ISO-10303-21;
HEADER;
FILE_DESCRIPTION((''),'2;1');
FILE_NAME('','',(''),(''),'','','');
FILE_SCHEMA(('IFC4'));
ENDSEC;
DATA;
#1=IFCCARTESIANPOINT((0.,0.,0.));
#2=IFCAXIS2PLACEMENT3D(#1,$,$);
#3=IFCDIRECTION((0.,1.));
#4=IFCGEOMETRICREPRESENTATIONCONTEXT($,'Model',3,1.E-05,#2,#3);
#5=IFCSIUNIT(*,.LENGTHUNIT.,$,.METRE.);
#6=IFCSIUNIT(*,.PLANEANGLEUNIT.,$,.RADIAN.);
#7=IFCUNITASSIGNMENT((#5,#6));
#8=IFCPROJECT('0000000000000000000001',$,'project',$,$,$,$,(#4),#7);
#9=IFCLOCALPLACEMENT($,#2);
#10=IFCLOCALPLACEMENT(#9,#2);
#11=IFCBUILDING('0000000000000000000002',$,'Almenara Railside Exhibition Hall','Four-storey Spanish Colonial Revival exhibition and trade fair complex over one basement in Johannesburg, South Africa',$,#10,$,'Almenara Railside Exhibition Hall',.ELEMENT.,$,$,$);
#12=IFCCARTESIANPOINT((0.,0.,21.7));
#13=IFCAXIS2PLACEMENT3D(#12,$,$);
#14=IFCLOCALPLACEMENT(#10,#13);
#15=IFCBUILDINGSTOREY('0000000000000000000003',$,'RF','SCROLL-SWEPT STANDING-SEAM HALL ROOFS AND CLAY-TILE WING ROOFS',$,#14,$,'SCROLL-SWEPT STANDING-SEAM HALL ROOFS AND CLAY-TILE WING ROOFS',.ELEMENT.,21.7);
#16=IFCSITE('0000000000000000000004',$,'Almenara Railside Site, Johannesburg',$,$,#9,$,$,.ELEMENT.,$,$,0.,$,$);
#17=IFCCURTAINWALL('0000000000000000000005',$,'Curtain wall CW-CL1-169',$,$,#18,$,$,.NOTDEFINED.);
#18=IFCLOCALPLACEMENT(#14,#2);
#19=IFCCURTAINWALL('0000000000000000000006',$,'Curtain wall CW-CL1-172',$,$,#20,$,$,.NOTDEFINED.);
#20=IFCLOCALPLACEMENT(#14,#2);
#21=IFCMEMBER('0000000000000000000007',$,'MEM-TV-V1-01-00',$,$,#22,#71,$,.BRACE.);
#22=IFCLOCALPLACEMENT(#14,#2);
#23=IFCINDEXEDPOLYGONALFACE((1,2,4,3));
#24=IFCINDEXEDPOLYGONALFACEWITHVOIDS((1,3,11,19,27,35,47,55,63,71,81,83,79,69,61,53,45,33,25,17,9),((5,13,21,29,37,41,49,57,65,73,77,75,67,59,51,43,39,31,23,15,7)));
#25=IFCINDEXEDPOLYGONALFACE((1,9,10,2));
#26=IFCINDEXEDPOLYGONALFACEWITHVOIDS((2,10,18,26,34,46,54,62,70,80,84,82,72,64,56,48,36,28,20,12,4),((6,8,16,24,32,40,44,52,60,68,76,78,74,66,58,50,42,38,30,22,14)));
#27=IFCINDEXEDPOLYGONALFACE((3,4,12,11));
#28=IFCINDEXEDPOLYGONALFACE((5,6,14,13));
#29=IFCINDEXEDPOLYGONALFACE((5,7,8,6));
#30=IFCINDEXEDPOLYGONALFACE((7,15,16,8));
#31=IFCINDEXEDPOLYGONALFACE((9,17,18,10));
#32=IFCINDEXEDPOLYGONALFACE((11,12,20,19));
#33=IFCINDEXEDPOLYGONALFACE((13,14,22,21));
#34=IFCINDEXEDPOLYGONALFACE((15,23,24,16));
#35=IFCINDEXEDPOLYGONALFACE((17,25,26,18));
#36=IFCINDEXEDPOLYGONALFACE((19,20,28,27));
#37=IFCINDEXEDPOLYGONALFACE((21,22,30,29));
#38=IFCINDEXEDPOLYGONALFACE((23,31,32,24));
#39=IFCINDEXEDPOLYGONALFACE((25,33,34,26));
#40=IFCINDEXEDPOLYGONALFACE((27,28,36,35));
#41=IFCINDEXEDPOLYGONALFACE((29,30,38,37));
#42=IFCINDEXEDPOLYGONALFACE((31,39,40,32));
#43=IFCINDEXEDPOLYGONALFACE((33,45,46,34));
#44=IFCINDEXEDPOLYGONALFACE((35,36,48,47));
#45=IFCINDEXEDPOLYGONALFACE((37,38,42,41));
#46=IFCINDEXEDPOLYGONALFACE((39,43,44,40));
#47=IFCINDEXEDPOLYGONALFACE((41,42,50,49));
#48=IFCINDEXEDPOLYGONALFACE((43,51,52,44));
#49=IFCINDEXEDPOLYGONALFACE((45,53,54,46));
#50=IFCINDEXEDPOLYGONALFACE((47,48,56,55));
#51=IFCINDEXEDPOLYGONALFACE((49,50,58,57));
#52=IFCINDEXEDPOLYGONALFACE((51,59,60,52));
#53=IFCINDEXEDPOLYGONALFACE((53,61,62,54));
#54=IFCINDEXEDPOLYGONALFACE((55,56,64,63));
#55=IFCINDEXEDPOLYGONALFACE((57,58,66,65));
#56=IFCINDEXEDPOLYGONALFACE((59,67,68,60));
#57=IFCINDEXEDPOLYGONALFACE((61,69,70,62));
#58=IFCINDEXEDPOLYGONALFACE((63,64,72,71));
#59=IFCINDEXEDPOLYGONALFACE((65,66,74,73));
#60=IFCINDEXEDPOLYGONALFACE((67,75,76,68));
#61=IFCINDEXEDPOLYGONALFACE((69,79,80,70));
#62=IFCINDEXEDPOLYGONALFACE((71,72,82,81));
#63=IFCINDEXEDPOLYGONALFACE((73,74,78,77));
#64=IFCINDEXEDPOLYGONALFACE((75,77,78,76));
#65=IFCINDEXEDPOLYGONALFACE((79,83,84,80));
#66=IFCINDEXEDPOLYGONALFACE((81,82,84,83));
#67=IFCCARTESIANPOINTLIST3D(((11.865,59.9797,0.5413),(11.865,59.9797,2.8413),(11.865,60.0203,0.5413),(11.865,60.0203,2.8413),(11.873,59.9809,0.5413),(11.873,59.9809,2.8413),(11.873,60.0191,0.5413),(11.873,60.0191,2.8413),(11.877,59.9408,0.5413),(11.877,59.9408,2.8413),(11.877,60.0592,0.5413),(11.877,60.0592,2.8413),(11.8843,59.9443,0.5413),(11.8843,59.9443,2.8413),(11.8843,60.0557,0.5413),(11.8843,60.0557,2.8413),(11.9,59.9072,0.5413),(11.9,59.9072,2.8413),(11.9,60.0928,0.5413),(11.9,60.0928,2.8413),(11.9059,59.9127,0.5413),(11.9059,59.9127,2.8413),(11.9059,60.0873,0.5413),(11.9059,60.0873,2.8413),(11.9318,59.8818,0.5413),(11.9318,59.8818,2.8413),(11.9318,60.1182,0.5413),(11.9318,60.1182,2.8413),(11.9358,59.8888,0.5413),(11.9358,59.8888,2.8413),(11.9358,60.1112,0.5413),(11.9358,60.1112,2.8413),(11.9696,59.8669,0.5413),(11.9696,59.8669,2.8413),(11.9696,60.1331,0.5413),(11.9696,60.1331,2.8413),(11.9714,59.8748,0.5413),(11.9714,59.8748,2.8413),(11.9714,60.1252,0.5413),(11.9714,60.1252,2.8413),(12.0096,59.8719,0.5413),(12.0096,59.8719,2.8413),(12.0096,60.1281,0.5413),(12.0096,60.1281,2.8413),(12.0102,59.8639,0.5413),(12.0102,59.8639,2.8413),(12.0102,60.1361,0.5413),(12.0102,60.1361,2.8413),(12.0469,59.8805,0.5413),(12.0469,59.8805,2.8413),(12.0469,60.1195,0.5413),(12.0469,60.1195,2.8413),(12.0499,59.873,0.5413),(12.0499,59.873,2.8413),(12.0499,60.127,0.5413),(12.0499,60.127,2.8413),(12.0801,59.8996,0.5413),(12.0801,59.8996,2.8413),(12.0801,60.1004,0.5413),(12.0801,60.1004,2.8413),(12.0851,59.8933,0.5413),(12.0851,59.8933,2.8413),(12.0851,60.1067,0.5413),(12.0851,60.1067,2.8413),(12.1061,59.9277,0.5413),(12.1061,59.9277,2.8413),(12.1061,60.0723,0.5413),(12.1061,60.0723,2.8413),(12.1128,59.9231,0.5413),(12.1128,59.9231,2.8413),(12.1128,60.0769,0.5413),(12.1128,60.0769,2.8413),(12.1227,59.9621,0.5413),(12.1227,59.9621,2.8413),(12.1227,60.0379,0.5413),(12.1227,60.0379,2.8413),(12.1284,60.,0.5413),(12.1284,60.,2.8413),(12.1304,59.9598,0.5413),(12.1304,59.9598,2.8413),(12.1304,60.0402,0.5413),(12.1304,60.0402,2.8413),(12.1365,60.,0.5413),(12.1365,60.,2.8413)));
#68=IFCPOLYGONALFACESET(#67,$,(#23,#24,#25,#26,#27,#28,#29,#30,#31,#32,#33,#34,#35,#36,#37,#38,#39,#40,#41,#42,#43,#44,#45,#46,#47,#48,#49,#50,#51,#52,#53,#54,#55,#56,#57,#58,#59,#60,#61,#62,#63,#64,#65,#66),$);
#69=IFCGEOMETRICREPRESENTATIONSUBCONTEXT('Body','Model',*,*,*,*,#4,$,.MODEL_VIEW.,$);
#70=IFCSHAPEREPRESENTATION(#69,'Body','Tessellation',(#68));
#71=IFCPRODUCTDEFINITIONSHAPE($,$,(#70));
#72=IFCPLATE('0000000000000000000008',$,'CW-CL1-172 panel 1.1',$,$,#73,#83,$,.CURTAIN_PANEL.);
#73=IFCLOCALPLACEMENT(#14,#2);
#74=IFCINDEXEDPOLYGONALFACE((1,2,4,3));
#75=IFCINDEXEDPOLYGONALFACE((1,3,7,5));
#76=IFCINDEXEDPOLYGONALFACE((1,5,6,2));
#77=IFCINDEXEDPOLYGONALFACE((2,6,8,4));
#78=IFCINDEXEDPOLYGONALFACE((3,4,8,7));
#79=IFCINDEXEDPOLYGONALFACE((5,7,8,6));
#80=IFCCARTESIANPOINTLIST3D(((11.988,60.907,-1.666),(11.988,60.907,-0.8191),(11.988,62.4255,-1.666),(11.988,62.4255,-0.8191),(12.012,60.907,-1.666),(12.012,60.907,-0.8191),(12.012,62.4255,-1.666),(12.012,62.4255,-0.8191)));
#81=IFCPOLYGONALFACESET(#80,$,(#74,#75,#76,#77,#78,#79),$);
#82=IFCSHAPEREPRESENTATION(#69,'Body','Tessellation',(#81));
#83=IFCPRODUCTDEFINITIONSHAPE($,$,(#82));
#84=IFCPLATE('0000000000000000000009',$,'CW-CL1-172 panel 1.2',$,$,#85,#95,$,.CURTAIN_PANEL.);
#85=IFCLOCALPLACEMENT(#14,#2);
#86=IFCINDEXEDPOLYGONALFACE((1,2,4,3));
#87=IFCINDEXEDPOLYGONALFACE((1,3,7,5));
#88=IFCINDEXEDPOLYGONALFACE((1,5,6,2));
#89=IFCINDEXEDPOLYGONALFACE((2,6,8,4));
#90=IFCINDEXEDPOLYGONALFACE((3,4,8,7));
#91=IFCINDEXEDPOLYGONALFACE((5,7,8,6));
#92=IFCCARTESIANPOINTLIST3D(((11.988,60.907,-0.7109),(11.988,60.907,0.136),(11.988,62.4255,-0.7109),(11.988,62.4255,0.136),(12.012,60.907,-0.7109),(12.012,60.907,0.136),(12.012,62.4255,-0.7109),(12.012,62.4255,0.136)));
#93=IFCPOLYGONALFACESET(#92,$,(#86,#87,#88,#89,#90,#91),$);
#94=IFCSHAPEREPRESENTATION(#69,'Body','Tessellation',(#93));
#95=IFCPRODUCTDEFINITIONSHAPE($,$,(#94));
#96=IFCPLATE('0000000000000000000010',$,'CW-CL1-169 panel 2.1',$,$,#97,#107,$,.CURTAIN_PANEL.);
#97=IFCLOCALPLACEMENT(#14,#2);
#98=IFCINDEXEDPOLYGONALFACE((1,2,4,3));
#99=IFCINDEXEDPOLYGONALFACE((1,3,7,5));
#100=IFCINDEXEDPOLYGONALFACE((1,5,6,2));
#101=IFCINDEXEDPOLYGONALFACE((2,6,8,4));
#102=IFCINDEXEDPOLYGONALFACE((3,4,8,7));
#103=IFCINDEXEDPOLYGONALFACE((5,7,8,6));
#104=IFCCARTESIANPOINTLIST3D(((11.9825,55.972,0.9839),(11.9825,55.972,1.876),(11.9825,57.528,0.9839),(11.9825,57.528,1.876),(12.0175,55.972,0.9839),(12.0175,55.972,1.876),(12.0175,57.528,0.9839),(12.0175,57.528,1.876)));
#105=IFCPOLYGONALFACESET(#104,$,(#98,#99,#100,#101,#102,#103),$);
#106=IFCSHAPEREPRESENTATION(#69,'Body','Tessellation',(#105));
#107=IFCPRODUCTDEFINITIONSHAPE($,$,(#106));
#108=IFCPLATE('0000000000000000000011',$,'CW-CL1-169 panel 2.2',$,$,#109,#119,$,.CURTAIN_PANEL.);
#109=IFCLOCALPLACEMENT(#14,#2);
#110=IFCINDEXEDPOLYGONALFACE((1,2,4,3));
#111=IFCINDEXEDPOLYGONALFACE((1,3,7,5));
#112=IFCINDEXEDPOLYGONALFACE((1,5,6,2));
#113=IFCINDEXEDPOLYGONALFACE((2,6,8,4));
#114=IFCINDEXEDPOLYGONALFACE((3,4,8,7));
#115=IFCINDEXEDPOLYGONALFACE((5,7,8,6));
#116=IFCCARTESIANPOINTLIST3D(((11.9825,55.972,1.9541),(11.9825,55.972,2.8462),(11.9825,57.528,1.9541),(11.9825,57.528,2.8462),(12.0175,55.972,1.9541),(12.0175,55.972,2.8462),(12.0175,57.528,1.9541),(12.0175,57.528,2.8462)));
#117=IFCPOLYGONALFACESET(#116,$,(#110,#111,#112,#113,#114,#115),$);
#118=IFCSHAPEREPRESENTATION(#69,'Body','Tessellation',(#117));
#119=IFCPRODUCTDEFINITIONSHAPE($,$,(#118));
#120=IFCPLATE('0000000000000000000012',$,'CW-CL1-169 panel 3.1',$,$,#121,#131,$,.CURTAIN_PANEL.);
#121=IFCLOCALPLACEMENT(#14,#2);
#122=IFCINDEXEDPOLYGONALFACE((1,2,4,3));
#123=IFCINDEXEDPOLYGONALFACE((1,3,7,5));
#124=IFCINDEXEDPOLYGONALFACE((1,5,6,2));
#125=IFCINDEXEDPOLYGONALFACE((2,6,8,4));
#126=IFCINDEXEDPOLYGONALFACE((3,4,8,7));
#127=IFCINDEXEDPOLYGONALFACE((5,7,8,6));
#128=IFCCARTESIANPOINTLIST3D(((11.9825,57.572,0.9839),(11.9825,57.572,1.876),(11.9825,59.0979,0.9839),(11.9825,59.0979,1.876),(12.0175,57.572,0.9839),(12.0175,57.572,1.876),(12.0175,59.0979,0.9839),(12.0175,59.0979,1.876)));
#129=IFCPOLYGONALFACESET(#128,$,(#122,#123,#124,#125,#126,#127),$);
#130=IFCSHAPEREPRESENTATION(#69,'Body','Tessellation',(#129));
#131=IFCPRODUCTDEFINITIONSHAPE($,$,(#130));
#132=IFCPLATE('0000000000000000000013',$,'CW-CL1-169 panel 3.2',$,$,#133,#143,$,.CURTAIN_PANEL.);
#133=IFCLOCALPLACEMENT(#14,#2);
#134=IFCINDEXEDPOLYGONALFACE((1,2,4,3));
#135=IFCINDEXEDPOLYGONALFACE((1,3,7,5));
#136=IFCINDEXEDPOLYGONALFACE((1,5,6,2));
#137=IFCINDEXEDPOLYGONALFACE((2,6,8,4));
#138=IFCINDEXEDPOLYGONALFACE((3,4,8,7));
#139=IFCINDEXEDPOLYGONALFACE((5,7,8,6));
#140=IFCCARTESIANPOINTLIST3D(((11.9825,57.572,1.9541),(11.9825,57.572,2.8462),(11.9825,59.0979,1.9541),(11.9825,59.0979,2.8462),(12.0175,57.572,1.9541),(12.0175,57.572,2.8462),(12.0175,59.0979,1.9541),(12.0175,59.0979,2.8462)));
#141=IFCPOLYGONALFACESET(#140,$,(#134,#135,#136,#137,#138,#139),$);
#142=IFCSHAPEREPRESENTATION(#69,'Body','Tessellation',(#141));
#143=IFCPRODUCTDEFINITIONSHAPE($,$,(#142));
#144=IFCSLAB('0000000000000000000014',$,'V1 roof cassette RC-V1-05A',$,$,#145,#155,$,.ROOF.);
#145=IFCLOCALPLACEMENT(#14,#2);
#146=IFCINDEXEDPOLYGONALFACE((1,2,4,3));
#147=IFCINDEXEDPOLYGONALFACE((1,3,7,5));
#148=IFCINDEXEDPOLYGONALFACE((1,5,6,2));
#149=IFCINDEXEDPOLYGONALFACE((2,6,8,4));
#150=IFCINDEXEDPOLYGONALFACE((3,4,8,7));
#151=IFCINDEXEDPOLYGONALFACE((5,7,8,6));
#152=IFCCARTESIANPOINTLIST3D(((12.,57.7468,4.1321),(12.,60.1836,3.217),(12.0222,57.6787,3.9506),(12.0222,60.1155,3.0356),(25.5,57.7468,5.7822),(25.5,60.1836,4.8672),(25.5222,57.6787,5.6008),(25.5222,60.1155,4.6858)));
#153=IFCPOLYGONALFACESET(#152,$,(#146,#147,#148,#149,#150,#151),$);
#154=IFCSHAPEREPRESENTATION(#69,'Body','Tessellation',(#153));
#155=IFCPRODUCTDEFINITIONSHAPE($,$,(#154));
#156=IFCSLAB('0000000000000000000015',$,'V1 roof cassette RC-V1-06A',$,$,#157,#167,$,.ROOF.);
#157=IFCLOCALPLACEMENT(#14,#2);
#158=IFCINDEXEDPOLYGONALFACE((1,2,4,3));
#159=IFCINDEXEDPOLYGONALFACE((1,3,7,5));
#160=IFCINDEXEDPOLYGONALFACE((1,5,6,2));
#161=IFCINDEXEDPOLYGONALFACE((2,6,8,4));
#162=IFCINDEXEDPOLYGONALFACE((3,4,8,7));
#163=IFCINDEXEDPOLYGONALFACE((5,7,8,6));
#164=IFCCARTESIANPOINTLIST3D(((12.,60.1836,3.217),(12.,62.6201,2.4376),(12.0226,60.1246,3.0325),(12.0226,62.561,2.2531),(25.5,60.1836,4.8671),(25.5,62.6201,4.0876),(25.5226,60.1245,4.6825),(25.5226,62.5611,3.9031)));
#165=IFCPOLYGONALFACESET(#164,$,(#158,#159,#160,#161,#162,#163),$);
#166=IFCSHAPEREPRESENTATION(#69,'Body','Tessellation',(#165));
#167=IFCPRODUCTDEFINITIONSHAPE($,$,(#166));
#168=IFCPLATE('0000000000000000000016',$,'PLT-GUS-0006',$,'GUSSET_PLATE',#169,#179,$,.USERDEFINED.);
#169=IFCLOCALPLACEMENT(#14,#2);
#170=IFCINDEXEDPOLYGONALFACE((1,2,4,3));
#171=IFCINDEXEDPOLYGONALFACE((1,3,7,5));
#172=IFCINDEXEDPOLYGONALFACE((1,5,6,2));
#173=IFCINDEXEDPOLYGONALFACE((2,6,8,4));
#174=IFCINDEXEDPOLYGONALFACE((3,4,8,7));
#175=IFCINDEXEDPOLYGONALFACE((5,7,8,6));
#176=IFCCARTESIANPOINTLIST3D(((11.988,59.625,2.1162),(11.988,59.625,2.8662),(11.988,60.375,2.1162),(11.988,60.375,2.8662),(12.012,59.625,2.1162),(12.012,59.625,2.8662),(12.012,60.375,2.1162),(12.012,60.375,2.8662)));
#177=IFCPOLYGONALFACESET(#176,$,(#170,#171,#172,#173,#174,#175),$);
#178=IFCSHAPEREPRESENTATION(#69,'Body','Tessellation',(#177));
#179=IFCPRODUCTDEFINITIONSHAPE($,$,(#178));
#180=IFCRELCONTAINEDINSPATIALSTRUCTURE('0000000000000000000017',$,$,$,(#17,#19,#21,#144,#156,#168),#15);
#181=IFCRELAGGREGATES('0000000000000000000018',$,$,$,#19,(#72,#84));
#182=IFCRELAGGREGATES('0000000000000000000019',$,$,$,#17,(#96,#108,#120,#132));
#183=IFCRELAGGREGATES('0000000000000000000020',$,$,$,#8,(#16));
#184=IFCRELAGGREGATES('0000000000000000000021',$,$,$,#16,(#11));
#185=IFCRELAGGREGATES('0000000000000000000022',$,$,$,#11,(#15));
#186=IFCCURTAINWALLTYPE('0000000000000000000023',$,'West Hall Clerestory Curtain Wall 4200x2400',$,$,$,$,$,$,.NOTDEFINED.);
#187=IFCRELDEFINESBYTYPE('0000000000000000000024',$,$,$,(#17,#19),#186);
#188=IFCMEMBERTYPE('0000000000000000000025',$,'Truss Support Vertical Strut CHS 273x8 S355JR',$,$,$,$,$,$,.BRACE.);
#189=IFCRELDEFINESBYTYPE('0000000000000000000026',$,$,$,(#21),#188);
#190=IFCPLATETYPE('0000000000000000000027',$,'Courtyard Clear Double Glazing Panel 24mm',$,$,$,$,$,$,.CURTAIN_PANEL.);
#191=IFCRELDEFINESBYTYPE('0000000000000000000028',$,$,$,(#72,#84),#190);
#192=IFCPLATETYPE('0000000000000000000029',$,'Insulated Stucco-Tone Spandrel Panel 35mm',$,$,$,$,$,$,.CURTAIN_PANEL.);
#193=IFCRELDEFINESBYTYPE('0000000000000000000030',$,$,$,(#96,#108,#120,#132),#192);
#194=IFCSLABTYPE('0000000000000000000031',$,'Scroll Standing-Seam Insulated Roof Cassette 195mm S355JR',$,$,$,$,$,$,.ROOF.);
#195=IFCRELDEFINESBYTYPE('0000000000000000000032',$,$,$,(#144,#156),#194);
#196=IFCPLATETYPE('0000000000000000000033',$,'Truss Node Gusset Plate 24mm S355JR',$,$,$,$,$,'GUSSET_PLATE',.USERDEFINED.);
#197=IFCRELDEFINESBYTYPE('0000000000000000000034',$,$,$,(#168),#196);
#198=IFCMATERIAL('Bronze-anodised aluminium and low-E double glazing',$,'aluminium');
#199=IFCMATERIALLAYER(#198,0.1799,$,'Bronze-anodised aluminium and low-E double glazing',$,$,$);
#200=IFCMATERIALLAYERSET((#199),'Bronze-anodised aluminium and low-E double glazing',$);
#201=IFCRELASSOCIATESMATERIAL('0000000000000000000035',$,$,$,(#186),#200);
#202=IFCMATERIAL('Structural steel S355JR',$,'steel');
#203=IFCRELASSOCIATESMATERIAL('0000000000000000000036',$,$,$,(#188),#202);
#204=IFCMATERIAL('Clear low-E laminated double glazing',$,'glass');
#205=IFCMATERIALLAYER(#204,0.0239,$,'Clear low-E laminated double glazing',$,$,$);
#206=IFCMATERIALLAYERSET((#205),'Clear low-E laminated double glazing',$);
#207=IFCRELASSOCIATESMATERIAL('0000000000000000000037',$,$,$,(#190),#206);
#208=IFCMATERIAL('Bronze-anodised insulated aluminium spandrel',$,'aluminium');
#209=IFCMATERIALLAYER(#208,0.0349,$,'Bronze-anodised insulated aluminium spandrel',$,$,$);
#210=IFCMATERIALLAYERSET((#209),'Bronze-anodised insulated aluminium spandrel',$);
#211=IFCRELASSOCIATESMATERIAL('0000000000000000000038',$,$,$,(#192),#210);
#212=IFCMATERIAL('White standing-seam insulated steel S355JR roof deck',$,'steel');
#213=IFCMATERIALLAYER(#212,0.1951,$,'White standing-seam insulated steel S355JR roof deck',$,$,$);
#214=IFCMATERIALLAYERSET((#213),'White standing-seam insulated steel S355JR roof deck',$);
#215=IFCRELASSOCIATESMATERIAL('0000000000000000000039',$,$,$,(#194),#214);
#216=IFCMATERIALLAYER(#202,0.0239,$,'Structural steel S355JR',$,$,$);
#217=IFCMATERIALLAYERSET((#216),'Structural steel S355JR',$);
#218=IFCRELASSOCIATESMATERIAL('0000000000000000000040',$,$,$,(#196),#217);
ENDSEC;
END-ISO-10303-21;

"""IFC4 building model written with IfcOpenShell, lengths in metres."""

from ifc_helpers import new_model, si_unit, direction, frame, origin, origin_2d, place, context, subcontext, project, spatial, polyline, rectangle, hollow_circle, outline, extrude, material, layer, layer_set, material_profile, profile_set, type_object, element, aggregate, save


model = new_model("IFC4")

# Units and contexts
model_context = context("Model", 3, precision=1e-05, world=origin(), true_north=direction((0.0, 1.0)))
body_context = subcontext(model_context, "Body", "Model", "MODEL_VIEW")
ifc_project = project(units=[si_unit("LENGTHUNIT", "METRE"), si_unit("PLANEANGLEUNIT", "RADIAN")], contexts=[model_context])

# Site, building, storey
site_placement = place(None, origin())
site = spatial("IfcSite", under=ifc_project, at=site_placement, Name="Almenara Railside Site, Johannesburg", CompositionType="ELEMENT", RefElevation=0.0)
building_placement = place(site_placement, origin())
building = spatial("IfcBuilding", under=site, at=building_placement, Name="Almenara Railside Exhibition Hall", Description="Four-storey Spanish Colonial Revival exhibition and trade fair complex over one basement in Johannesburg, South Africa", LongName="Almenara Railside Exhibition Hall", CompositionType="ELEMENT")
storey_placement = place(building_placement, frame((0.0, 0.0, 21.7)))
storey = spatial("IfcBuildingStorey", under=building, at=storey_placement, Name="RF", Description="SCROLL-SWEPT STANDING-SEAM HALL ROOFS AND CLAY-TILE WING ROOFS", LongName="SCROLL-SWEPT STANDING-SEAM HALL ROOFS AND CLAY-TILE WING ROOFS", CompositionType="ELEMENT", Elevation=21.7)

# Shared definitions
ifc_material_1 = material(Name="Structural steel S355JR", Category="steel")

# Curtain walls
ifc_material_2 = material(Name="Bronze-anodised aluminium and low-E double glazing", Category="aluminium")
ifc_layer_1 = layer(ifc_material_2, 0.1799, Name="Bronze-anodised aluminium and low-E double glazing")
ifc_layer_set_1 = layer_set([ifc_layer_1], Name="Bronze-anodised aluminium and low-E double glazing")
curtain_wall_type = type_object("IfcCurtainWallType", Name="West Hall Clerestory Curtain Wall 4200x2400", PredefinedType="NOTDEFINED", material=ifc_layer_set_1)
curtain_wall_1_placement = place(storey_placement, origin())
curtain_wall_1 = element("IfcCurtainWall", 1, at=curtain_wall_1_placement, inside=storey, type_object=curtain_wall_type, Name="Curtain wall CW-CL1-169", PredefinedType="NOTDEFINED")
curtain_wall_2_placement = place(storey_placement, origin())
curtain_wall_2 = element("IfcCurtainWall", 2, at=curtain_wall_2_placement, inside=storey, type_object=curtain_wall_type, Name="Curtain wall CW-CL1-172", PredefinedType="NOTDEFINED")

# Member
ifc_material_profile_1 = material_profile(ifc_material_1, hollow_circle(Radius=0.1365, WallThickness=0.0081, at=origin_2d()), Name="CHS 273x8")
ifc_profile_set_1 = profile_set([ifc_material_profile_1], Name="Structural steel S355JR")
member_type_1 = type_object("IfcMemberType", Name="Truss Support Vertical Strut CHS 273x8 S355JR", PredefinedType="BRACE", material=ifc_profile_set_1)
member_1_placement = place(storey_placement, frame((12.0, 60.0, 0.5413), z_axis=(0.0, 0.0, 1.0), x_axis=(1.0, 0.0, 0.0)))
element("IfcMember", 3, at=member_1_placement, inside=storey, type_object=member_type_1, Name="MEM-TV-V1-01-00", PredefinedType="BRACE", context=body_context, shape_type="SweptSolid", body=[
    extrude(hollow_circle(Radius=0.1365, WallThickness=0.0081, at=origin_2d()), origin(), (0.0, 0.0, 1.0), 2.3),
])

# Plates
ifc_material_3 = material(Name="Clear low-E laminated double glazing", Category="glass")
ifc_layer_2 = layer(ifc_material_3, 0.0239, Name="Clear low-E laminated double glazing")
ifc_layer_set_2 = layer_set([ifc_layer_2], Name="Clear low-E laminated double glazing")
plate_type_1 = type_object("IfcPlateType", Name="Courtyard Clear Double Glazing Panel 24mm", PredefinedType="CURTAIN_PANEL", material=ifc_layer_set_2)
plate_1_placement = place(storey_placement, frame((12.0, 61.6663, -1.666), z_axis=(0.0, 0.0, 1.0), x_axis=(0.0, 1.0, 0.0)))
plate_1 = element("IfcPlate", 4, at=plate_1_placement, type_object=plate_type_1, Name="CW-CL1-172 panel 1.1", PredefinedType="CURTAIN_PANEL", context=body_context, shape_type="SweptSolid", body=[
    extrude(rectangle(XDim=1.5186, YDim=0.0239, at=origin_2d()), origin(), (0.0, 0.0, 1.0), 0.8469),
])
plate_2_placement = place(storey_placement, frame((12.0, 61.6663, -0.7109), z_axis=(0.0, 0.0, 1.0), x_axis=(0.0, 1.0, 0.0)))
plate_2 = element("IfcPlate", 5, at=plate_2_placement, type_object=plate_type_1, Name="CW-CL1-172 panel 1.2", PredefinedType="CURTAIN_PANEL", context=body_context, shape_type="SweptSolid", body=[
    extrude(rectangle(XDim=1.5186, YDim=0.0239, at=origin_2d()), origin(), (0.0, 0.0, 1.0), 0.8469),
])
aggregate(curtain_wall_2, [plate_1, plate_2])
ifc_material_4 = material(Name="Bronze-anodised insulated aluminium spandrel", Category="aluminium")
ifc_layer_3 = layer(ifc_material_4, 0.0349, Name="Bronze-anodised insulated aluminium spandrel")
ifc_layer_set_3 = layer_set([ifc_layer_3], Name="Bronze-anodised insulated aluminium spandrel")
plate_type_2 = type_object("IfcPlateType", Name="Insulated Stucco-Tone Spandrel Panel 35mm", PredefinedType="CURTAIN_PANEL", material=ifc_layer_set_3)
plate_3_placement = place(storey_placement, frame((12.0, 56.75, 0.9839), z_axis=(0.0, 0.0, 1.0), x_axis=(0.0, 1.0, 0.0)))
plate_3 = element("IfcPlate", 6, at=plate_3_placement, type_object=plate_type_2, Name="CW-CL1-169 panel 2.1", PredefinedType="CURTAIN_PANEL", context=body_context, shape_type="SweptSolid", body=[
    extrude(rectangle(XDim=1.5559, YDim=0.0349, at=origin_2d()), origin(), (0.0, 0.0, 1.0), 0.8921),
])
plate_4_placement = place(storey_placement, frame((12.0, 56.75, 1.9541), z_axis=(0.0, 0.0, 1.0), x_axis=(0.0, 1.0, 0.0)))
plate_4 = element("IfcPlate", 7, at=plate_4_placement, type_object=plate_type_2, Name="CW-CL1-169 panel 2.2", PredefinedType="CURTAIN_PANEL", context=body_context, shape_type="SweptSolid", body=[
    extrude(rectangle(XDim=1.5559, YDim=0.0349, at=origin_2d()), origin(), (0.0, 0.0, 1.0), 0.8921),
])
plate_5_placement = place(storey_placement, frame((12.0, 58.335, 0.9839), z_axis=(0.0, 0.0, 1.0), x_axis=(0.0, 1.0, 0.0)))
plate_5 = element("IfcPlate", 8, at=plate_5_placement, type_object=plate_type_2, Name="CW-CL1-169 panel 3.1", PredefinedType="CURTAIN_PANEL", context=body_context, shape_type="SweptSolid", body=[
    extrude(rectangle(XDim=1.5259, YDim=0.0349, at=origin_2d()), origin(), (0.0, 0.0, 1.0), 0.8921),
])
plate_6_placement = place(storey_placement, frame((12.0, 58.335, 1.9541), z_axis=(0.0, 0.0, 1.0), x_axis=(0.0, 1.0, 0.0)))
plate_6 = element("IfcPlate", 9, at=plate_6_placement, type_object=plate_type_2, Name="CW-CL1-169 panel 3.2", PredefinedType="CURTAIN_PANEL", context=body_context, shape_type="SweptSolid", body=[
    extrude(rectangle(XDim=1.5259, YDim=0.0349, at=origin_2d()), origin(), (0.0, 0.0, 1.0), 0.8921),
])
aggregate(curtain_wall_1, [plate_3, plate_4, plate_5, plate_6])

# Slabs
ifc_material_5 = material(Name="White standing-seam insulated steel S355JR roof deck", Category="steel")
ifc_layer_4 = layer(ifc_material_5, 0.1951, Name="White standing-seam insulated steel S355JR roof deck")
ifc_layer_set_4 = layer_set([ifc_layer_4], Name="White standing-seam insulated steel S355JR roof deck")
slab_type = type_object("IfcSlabType", Name="Scroll Standing-Seam Insulated Roof Cassette 195mm S355JR", PredefinedType="ROOF", material=ifc_layer_set_4)
slab_1_placement = place(storey_placement, frame((12.0, 57.7468, 4.1321), z_axis=(-0.113689, 0.349266, 0.930101), x_axis=(0.992612, 0.0, 0.12133)))
element("IfcSlab", 10, at=slab_1_placement, inside=storey, type_object=slab_type, Name="V1 roof cassette RC-V1-05A", PredefinedType="ROOF", context=body_context, shape_type="SweptSolid", body=[
    extrude(outline(polyline([(0.0, 0.0), (13.6005, 0.0), (13.4895, 2.6005), (-0.111, 2.6005), (0.0, 0.0)])), origin(), (0.0, 0.0, -1.0), 0.1951),
])
slab_2_placement = place(storey_placement, frame((12.0, 60.1836, 3.217), z_axis=(-0.115632, 0.302637, 0.946066), x_axis=(0.992613, -0.000003, 0.121322)))
element("IfcSlab", 11, at=slab_2_placement, inside=storey, type_object=slab_type, Name="V1 roof cassette RC-V1-06A", PredefinedType="ROOF", context=body_context, shape_type="SweptSolid", body=[
    extrude(outline(polyline([(0.0, 0.0), (13.6005, 0.0), (13.5059, 2.5564), (-0.0946, 2.5564), (0.0, 0.0)])), origin(), (0.0, 0.0, -1.0), 0.1951),
])

# Plate
ifc_layer_5 = layer(ifc_material_1, 0.0239, Name="Structural steel S355JR")
ifc_layer_set_5 = layer_set([ifc_layer_5], Name="Structural steel S355JR")
plate_type_3 = type_object("IfcPlateType", Name="Truss Node Gusset Plate 24mm S355JR", ElementType="GUSSET_PLATE", PredefinedType="USERDEFINED", material=ifc_layer_set_5)
plate_7_placement = place(storey_placement, frame((12.0, 60.0, 2.1162), z_axis=(0.0, 0.0, 1.0), x_axis=(0.0, 1.0, 0.0)))
element("IfcPlate", 12, at=plate_7_placement, inside=storey, type_object=plate_type_3, Name="PLT-GUS-0006", ObjectType="GUSSET_PLATE", PredefinedType="USERDEFINED", context=body_context, shape_type="SweptSolid", body=[
    extrude(rectangle(XDim=0.75, YDim=0.0239, at=origin_2d()), origin(), (0.0, 0.0, 1.0), 0.75),
])

save(model, "model.ifc")
